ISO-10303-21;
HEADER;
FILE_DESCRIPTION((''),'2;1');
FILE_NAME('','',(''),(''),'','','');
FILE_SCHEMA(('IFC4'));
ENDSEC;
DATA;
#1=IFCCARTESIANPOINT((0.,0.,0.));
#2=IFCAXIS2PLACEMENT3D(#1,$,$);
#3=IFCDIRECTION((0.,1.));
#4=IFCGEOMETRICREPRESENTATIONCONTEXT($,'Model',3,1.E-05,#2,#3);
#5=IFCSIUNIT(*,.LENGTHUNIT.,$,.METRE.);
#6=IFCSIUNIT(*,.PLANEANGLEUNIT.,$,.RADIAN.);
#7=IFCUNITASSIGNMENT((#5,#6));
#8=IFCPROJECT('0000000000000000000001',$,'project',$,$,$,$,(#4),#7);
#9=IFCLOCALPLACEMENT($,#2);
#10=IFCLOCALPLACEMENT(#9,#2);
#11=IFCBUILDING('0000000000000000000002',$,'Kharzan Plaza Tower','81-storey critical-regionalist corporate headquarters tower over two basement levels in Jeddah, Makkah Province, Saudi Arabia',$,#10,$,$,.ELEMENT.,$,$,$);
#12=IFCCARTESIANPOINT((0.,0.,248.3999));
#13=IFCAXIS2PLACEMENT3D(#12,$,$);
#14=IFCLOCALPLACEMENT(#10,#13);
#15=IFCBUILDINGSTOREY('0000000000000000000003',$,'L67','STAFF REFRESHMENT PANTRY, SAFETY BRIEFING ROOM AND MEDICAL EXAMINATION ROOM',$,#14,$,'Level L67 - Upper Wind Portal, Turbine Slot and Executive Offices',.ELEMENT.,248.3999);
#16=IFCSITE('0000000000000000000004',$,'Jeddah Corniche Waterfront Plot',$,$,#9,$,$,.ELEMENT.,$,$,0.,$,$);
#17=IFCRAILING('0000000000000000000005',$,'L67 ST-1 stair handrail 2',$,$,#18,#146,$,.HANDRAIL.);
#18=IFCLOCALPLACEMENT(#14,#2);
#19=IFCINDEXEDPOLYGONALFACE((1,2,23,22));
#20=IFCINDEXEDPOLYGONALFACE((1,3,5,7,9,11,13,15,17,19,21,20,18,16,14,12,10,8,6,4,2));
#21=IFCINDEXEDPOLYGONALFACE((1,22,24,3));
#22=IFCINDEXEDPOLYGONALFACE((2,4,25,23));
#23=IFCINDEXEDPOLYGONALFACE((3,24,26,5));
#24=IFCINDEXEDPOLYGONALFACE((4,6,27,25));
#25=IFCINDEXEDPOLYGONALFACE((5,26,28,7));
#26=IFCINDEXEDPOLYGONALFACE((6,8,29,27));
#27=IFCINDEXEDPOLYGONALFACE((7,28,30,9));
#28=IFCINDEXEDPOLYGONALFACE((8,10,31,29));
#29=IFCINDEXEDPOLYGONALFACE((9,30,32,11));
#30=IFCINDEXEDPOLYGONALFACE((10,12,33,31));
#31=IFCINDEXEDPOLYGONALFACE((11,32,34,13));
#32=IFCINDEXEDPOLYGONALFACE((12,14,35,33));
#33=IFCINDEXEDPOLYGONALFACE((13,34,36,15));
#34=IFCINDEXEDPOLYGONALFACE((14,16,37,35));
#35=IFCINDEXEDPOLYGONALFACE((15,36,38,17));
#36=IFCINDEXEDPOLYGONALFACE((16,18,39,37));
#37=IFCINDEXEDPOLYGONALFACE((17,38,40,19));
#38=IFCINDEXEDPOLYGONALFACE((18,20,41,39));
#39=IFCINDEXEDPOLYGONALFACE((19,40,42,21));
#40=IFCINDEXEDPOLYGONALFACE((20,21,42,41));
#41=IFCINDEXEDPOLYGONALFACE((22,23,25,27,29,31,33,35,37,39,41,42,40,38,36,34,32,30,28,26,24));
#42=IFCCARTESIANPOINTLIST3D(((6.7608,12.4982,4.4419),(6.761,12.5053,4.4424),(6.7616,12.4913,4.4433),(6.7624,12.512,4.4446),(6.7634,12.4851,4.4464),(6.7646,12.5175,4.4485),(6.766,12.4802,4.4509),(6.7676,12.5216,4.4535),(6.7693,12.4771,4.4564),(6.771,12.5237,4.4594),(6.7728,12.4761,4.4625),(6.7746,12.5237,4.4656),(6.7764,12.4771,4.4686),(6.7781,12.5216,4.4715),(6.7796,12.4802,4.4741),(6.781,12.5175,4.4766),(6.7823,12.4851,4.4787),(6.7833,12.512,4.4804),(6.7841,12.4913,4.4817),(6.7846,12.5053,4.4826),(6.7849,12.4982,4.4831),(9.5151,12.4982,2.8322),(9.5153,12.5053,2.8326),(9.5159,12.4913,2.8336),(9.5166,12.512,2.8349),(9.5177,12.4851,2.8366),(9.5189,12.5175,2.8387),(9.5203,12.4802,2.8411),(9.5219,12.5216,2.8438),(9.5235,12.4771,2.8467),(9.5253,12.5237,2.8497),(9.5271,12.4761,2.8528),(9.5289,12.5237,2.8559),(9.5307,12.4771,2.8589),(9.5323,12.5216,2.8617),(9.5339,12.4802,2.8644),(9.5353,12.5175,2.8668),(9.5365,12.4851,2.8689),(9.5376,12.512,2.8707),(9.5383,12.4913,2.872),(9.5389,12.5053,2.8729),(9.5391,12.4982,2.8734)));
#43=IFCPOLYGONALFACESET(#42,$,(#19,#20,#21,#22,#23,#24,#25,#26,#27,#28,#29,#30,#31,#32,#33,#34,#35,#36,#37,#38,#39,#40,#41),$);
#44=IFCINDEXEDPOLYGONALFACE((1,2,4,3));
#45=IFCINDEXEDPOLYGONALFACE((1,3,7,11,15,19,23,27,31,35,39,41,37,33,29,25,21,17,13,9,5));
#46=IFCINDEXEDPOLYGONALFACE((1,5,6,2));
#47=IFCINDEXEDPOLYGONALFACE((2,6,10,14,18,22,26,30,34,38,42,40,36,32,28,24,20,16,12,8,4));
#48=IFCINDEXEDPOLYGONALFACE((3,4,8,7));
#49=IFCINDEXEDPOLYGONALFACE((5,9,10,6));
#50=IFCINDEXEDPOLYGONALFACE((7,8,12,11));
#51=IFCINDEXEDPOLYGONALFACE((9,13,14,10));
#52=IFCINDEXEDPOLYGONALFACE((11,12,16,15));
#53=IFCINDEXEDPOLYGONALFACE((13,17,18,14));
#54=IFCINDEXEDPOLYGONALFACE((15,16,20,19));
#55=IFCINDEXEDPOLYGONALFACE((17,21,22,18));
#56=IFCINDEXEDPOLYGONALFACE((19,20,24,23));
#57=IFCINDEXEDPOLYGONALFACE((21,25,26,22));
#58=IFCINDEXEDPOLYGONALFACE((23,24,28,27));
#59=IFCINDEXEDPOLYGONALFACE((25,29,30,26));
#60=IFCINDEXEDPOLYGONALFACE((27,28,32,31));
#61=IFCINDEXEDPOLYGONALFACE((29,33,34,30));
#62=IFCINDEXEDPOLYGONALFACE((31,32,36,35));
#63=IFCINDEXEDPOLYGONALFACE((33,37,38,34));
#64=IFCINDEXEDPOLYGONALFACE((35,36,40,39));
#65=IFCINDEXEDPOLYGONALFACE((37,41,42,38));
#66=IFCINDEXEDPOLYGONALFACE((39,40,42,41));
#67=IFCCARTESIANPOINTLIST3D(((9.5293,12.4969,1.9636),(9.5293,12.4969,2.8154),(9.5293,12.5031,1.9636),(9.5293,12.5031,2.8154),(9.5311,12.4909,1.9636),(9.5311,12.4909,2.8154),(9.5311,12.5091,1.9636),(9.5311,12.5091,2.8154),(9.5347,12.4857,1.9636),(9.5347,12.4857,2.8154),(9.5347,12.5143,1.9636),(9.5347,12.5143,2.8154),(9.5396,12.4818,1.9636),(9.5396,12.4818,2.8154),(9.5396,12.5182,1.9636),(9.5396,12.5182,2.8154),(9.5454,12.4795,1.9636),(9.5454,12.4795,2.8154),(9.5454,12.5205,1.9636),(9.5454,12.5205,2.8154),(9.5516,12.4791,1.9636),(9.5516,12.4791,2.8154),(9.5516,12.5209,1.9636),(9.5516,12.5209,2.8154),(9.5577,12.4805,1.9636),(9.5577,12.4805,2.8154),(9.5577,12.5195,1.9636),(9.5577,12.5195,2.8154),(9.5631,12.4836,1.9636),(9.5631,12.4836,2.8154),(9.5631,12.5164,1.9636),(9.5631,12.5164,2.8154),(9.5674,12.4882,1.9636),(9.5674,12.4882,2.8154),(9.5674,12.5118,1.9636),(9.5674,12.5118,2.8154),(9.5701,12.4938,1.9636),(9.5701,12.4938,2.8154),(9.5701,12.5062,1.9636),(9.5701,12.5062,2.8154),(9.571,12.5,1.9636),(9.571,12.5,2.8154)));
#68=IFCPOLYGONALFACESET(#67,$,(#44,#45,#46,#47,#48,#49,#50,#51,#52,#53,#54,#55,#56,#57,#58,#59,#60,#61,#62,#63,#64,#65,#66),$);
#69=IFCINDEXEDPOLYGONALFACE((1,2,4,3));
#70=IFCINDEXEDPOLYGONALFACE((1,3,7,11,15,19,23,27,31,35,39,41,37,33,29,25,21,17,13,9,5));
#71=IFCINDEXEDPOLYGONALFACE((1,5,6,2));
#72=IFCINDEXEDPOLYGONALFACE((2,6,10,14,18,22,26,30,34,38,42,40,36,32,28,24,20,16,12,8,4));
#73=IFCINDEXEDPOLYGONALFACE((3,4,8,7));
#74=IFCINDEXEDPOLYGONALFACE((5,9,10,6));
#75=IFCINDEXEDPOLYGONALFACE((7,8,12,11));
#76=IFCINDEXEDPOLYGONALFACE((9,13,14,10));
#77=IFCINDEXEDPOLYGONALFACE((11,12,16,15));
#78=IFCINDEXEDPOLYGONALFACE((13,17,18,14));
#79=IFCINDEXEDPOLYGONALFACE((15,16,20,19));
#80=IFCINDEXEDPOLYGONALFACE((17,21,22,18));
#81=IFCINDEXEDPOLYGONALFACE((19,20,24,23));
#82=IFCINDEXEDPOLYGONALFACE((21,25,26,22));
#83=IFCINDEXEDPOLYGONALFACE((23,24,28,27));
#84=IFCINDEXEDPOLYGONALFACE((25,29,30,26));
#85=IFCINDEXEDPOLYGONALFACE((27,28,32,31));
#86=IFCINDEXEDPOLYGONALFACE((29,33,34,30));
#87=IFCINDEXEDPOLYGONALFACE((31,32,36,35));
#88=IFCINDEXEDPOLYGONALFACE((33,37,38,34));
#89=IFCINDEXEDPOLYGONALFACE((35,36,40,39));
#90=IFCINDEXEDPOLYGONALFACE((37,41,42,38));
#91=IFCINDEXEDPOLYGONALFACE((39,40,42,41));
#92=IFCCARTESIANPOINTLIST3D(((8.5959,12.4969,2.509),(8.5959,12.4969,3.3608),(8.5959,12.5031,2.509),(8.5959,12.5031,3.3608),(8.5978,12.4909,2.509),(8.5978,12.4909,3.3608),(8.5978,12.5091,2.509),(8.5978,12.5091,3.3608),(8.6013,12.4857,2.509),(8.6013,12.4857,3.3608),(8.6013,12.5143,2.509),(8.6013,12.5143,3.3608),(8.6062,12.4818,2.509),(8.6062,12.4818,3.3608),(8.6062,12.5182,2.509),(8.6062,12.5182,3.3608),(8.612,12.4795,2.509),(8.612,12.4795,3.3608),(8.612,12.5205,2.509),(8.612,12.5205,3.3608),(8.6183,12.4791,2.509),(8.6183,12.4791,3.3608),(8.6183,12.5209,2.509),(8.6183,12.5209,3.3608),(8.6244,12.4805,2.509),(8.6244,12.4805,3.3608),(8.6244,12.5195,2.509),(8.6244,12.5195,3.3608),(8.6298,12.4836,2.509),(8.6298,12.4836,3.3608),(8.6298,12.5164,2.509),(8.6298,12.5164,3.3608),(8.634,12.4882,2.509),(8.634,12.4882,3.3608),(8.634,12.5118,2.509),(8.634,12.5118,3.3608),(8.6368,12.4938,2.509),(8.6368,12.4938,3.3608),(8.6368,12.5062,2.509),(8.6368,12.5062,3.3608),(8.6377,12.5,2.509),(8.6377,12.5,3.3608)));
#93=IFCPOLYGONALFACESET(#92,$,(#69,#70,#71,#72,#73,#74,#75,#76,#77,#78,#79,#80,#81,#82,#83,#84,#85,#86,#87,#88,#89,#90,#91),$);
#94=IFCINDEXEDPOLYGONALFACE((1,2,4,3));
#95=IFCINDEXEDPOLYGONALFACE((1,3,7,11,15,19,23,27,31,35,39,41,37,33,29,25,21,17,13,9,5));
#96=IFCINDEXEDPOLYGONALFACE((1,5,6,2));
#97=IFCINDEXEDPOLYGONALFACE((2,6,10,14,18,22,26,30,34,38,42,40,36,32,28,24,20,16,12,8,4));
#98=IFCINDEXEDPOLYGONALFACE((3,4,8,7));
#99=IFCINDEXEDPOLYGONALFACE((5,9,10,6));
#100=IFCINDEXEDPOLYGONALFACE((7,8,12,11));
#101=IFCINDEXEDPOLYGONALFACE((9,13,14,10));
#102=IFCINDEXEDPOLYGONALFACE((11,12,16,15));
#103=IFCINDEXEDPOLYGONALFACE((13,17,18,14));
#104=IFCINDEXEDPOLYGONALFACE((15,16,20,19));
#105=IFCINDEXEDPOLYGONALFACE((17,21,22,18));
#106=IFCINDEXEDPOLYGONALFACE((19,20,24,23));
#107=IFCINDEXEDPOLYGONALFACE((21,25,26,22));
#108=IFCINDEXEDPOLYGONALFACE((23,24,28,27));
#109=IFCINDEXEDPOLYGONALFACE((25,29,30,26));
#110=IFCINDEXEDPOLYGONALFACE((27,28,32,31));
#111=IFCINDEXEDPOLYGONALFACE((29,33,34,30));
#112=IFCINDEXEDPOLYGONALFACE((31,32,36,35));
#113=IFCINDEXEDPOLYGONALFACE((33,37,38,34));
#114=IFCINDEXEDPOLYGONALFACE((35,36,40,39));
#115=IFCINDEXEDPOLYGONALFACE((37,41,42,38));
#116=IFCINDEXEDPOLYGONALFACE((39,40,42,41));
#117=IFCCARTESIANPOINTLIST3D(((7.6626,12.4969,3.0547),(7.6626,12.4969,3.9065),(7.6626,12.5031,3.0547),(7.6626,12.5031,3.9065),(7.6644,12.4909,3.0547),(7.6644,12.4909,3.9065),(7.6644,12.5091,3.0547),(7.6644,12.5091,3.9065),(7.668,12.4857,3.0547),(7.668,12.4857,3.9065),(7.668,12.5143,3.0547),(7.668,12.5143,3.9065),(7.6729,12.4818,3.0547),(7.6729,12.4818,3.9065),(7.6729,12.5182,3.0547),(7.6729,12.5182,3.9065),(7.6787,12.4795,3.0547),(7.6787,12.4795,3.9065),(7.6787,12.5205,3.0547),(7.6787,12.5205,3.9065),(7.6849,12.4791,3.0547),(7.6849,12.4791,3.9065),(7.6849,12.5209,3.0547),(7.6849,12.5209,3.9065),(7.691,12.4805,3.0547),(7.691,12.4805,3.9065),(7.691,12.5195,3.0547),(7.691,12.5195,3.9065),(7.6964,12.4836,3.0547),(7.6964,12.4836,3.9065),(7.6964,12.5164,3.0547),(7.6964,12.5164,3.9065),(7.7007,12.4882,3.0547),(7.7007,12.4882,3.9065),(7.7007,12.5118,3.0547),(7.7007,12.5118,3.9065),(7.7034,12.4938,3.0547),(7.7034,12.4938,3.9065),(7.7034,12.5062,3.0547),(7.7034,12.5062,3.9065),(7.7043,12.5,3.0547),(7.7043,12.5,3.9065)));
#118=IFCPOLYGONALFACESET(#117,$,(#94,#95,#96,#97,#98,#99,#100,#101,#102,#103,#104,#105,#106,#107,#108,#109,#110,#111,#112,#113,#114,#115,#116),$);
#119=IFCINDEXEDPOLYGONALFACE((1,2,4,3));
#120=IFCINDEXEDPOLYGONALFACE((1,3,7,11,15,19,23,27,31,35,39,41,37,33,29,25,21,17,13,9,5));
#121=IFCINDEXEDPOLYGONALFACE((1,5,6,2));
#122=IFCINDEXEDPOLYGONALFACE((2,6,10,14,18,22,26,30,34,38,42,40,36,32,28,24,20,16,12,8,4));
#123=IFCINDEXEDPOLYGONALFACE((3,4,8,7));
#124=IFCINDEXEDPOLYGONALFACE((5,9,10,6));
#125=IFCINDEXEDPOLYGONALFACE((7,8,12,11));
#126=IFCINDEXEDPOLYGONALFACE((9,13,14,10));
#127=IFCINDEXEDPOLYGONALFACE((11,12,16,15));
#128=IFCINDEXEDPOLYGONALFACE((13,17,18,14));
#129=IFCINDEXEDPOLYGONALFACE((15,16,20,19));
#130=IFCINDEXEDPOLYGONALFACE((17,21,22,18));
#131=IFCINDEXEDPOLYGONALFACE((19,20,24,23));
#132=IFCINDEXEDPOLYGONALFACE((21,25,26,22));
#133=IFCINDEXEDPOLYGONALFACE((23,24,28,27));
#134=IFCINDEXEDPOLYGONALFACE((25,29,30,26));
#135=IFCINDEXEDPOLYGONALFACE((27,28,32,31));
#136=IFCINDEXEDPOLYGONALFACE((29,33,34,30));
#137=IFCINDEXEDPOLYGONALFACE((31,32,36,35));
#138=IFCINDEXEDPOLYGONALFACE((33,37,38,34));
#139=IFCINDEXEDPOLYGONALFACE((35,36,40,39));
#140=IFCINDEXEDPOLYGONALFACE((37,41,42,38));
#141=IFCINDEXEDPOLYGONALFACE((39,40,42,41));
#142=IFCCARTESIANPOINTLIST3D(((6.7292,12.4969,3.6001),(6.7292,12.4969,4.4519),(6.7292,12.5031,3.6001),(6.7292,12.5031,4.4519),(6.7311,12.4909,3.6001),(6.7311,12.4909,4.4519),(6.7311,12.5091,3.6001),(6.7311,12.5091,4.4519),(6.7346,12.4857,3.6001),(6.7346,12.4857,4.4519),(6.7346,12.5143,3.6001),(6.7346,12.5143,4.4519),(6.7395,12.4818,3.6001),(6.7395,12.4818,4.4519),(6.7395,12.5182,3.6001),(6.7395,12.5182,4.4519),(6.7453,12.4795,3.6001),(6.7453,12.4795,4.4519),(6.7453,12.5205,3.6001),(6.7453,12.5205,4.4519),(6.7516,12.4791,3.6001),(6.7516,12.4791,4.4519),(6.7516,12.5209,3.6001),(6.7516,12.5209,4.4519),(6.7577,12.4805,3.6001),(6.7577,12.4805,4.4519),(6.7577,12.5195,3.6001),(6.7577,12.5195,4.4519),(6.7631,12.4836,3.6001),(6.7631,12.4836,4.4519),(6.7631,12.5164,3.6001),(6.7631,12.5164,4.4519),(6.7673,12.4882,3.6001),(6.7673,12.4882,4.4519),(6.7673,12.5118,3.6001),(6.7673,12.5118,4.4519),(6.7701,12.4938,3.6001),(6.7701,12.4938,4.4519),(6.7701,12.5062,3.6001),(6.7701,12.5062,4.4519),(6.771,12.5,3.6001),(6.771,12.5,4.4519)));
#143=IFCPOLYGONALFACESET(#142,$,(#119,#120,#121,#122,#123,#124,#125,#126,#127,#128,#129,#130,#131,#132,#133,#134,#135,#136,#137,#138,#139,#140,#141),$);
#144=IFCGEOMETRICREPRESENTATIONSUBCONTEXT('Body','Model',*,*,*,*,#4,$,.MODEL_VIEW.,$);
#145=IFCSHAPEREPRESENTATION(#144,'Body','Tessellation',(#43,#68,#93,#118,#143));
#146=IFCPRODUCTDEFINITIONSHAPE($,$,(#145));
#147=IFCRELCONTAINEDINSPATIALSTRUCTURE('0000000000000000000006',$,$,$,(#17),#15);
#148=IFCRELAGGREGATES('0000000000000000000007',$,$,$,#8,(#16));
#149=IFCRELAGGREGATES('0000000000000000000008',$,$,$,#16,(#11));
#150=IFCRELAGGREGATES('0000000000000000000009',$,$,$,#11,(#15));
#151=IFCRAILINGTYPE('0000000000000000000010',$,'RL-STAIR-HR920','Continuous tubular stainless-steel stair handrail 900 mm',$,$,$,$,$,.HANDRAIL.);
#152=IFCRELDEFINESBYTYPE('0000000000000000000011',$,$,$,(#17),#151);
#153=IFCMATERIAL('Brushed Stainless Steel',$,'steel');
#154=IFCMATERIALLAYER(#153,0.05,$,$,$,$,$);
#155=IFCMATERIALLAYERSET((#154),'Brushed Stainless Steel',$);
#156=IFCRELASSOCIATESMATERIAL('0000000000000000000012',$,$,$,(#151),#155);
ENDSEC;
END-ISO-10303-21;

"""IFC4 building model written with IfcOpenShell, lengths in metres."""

from ifc_helpers import new_model, si_unit, direction, frame, origin, origin_2d, place, context, subcontext, project, spatial, circle, extrude, source, transform, mapped, material, layer, layer_set, type_object, element, save


model = new_model("IFC4")

# Units and contexts
model_context = context("Model", 3, precision=1e-05, world=origin(), true_north=direction((0.0, 1.0)))
body_context = subcontext(model_context, "Body", "Model", "MODEL_VIEW")
ifc_project = project(units=[si_unit("LENGTHUNIT", "METRE"), si_unit("PLANEANGLEUNIT", "RADIAN")], contexts=[model_context])

# Site, building, storey
site_placement = place(None, origin())
site = spatial("IfcSite", under=ifc_project, at=site_placement, Name="Jeddah Corniche Waterfront Plot", CompositionType="ELEMENT", RefElevation=0.0)
building_placement = place(site_placement, origin())
building = spatial("IfcBuilding", under=site, at=building_placement, Name="Kharzan Plaza Tower", Description="81-storey critical-regionalist corporate headquarters tower over two basement levels in Jeddah, Makkah Province, Saudi Arabia", CompositionType="ELEMENT")
storey_placement = place(building_placement, frame((0.0, 0.0, 248.3999)))
storey = spatial("IfcBuildingStorey", under=building, at=storey_placement, Name="L67", Description="STAFF REFRESHMENT PANTRY, SAFETY BRIEFING ROOM AND MEDICAL EXAMINATION ROOM", LongName="Level L67 - Upper Wind Portal, Turbine Slot and Executive Offices", CompositionType="ELEMENT", Elevation=248.3999)

# Shared definitions
ifc_material_1 = material(Name="Brushed Stainless Steel", Category="steel")

# Railing
ifc_layer_1 = layer(ifc_material_1, 0.05)
ifc_layer_set_1 = layer_set([ifc_layer_1], Name="Brushed Stainless Steel")
railing_type_1 = type_object("IfcRailingType", Name="RL-STAIR-HR920", Description="Continuous tubular stainless-steel stair handrail 900 mm", PredefinedType="HANDRAIL", material=ifc_layer_set_1)
shared_shape_1 = source(origin(), body_context, "Body", "SweptSolid", [
    extrude(circle(Radius=0.0239, at=origin_2d()), frame((-0.0229, 0.0, 0.8892), z_axis=(-0.863361, 0.0, 0.504587), x_axis=(0.0, -1.0, 0.0)), (0.0, 0.0, 1.0), 3.1902),
    extrude(circle(Radius=0.021, at=origin_2d()), origin(), (0.0, 0.0, 1.0), 0.8518),
    extrude(circle(Radius=0.021, at=origin_2d()), frame((-0.9333, 0.0, 0.5454)), (0.0, 0.0, 1.0), 0.8518),
    extrude(circle(Radius=0.021, at=origin_2d()), frame((-1.8667, 0.0, 1.0911)), (0.0, 0.0, 1.0), 0.8518),
    extrude(circle(Radius=0.021, at=origin_2d()), frame((-2.8, 0.0, 1.6365)), (0.0, 0.0, 1.0), 0.8518),
])
railing_1_placement = place(storey_placement, frame((9.55, 12.5, 1.9636)))
element("IfcRailing", 1, at=railing_1_placement, inside=storey, type_object=railing_type_1, Name="L67 ST-1 stair handrail 2", PredefinedType="HANDRAIL", context=body_context, shape_type="MappedRepresentation", body=[
    mapped(shared_shape_1, transform((0.0, 0.0, 0.0), x_axis=(1.0, 0.0, 0.0), y_axis=(0.0, 1.0, 0.0), z_axis=(0.0, 0.0, 1.0))),
])

save(model, "model.ifc")
